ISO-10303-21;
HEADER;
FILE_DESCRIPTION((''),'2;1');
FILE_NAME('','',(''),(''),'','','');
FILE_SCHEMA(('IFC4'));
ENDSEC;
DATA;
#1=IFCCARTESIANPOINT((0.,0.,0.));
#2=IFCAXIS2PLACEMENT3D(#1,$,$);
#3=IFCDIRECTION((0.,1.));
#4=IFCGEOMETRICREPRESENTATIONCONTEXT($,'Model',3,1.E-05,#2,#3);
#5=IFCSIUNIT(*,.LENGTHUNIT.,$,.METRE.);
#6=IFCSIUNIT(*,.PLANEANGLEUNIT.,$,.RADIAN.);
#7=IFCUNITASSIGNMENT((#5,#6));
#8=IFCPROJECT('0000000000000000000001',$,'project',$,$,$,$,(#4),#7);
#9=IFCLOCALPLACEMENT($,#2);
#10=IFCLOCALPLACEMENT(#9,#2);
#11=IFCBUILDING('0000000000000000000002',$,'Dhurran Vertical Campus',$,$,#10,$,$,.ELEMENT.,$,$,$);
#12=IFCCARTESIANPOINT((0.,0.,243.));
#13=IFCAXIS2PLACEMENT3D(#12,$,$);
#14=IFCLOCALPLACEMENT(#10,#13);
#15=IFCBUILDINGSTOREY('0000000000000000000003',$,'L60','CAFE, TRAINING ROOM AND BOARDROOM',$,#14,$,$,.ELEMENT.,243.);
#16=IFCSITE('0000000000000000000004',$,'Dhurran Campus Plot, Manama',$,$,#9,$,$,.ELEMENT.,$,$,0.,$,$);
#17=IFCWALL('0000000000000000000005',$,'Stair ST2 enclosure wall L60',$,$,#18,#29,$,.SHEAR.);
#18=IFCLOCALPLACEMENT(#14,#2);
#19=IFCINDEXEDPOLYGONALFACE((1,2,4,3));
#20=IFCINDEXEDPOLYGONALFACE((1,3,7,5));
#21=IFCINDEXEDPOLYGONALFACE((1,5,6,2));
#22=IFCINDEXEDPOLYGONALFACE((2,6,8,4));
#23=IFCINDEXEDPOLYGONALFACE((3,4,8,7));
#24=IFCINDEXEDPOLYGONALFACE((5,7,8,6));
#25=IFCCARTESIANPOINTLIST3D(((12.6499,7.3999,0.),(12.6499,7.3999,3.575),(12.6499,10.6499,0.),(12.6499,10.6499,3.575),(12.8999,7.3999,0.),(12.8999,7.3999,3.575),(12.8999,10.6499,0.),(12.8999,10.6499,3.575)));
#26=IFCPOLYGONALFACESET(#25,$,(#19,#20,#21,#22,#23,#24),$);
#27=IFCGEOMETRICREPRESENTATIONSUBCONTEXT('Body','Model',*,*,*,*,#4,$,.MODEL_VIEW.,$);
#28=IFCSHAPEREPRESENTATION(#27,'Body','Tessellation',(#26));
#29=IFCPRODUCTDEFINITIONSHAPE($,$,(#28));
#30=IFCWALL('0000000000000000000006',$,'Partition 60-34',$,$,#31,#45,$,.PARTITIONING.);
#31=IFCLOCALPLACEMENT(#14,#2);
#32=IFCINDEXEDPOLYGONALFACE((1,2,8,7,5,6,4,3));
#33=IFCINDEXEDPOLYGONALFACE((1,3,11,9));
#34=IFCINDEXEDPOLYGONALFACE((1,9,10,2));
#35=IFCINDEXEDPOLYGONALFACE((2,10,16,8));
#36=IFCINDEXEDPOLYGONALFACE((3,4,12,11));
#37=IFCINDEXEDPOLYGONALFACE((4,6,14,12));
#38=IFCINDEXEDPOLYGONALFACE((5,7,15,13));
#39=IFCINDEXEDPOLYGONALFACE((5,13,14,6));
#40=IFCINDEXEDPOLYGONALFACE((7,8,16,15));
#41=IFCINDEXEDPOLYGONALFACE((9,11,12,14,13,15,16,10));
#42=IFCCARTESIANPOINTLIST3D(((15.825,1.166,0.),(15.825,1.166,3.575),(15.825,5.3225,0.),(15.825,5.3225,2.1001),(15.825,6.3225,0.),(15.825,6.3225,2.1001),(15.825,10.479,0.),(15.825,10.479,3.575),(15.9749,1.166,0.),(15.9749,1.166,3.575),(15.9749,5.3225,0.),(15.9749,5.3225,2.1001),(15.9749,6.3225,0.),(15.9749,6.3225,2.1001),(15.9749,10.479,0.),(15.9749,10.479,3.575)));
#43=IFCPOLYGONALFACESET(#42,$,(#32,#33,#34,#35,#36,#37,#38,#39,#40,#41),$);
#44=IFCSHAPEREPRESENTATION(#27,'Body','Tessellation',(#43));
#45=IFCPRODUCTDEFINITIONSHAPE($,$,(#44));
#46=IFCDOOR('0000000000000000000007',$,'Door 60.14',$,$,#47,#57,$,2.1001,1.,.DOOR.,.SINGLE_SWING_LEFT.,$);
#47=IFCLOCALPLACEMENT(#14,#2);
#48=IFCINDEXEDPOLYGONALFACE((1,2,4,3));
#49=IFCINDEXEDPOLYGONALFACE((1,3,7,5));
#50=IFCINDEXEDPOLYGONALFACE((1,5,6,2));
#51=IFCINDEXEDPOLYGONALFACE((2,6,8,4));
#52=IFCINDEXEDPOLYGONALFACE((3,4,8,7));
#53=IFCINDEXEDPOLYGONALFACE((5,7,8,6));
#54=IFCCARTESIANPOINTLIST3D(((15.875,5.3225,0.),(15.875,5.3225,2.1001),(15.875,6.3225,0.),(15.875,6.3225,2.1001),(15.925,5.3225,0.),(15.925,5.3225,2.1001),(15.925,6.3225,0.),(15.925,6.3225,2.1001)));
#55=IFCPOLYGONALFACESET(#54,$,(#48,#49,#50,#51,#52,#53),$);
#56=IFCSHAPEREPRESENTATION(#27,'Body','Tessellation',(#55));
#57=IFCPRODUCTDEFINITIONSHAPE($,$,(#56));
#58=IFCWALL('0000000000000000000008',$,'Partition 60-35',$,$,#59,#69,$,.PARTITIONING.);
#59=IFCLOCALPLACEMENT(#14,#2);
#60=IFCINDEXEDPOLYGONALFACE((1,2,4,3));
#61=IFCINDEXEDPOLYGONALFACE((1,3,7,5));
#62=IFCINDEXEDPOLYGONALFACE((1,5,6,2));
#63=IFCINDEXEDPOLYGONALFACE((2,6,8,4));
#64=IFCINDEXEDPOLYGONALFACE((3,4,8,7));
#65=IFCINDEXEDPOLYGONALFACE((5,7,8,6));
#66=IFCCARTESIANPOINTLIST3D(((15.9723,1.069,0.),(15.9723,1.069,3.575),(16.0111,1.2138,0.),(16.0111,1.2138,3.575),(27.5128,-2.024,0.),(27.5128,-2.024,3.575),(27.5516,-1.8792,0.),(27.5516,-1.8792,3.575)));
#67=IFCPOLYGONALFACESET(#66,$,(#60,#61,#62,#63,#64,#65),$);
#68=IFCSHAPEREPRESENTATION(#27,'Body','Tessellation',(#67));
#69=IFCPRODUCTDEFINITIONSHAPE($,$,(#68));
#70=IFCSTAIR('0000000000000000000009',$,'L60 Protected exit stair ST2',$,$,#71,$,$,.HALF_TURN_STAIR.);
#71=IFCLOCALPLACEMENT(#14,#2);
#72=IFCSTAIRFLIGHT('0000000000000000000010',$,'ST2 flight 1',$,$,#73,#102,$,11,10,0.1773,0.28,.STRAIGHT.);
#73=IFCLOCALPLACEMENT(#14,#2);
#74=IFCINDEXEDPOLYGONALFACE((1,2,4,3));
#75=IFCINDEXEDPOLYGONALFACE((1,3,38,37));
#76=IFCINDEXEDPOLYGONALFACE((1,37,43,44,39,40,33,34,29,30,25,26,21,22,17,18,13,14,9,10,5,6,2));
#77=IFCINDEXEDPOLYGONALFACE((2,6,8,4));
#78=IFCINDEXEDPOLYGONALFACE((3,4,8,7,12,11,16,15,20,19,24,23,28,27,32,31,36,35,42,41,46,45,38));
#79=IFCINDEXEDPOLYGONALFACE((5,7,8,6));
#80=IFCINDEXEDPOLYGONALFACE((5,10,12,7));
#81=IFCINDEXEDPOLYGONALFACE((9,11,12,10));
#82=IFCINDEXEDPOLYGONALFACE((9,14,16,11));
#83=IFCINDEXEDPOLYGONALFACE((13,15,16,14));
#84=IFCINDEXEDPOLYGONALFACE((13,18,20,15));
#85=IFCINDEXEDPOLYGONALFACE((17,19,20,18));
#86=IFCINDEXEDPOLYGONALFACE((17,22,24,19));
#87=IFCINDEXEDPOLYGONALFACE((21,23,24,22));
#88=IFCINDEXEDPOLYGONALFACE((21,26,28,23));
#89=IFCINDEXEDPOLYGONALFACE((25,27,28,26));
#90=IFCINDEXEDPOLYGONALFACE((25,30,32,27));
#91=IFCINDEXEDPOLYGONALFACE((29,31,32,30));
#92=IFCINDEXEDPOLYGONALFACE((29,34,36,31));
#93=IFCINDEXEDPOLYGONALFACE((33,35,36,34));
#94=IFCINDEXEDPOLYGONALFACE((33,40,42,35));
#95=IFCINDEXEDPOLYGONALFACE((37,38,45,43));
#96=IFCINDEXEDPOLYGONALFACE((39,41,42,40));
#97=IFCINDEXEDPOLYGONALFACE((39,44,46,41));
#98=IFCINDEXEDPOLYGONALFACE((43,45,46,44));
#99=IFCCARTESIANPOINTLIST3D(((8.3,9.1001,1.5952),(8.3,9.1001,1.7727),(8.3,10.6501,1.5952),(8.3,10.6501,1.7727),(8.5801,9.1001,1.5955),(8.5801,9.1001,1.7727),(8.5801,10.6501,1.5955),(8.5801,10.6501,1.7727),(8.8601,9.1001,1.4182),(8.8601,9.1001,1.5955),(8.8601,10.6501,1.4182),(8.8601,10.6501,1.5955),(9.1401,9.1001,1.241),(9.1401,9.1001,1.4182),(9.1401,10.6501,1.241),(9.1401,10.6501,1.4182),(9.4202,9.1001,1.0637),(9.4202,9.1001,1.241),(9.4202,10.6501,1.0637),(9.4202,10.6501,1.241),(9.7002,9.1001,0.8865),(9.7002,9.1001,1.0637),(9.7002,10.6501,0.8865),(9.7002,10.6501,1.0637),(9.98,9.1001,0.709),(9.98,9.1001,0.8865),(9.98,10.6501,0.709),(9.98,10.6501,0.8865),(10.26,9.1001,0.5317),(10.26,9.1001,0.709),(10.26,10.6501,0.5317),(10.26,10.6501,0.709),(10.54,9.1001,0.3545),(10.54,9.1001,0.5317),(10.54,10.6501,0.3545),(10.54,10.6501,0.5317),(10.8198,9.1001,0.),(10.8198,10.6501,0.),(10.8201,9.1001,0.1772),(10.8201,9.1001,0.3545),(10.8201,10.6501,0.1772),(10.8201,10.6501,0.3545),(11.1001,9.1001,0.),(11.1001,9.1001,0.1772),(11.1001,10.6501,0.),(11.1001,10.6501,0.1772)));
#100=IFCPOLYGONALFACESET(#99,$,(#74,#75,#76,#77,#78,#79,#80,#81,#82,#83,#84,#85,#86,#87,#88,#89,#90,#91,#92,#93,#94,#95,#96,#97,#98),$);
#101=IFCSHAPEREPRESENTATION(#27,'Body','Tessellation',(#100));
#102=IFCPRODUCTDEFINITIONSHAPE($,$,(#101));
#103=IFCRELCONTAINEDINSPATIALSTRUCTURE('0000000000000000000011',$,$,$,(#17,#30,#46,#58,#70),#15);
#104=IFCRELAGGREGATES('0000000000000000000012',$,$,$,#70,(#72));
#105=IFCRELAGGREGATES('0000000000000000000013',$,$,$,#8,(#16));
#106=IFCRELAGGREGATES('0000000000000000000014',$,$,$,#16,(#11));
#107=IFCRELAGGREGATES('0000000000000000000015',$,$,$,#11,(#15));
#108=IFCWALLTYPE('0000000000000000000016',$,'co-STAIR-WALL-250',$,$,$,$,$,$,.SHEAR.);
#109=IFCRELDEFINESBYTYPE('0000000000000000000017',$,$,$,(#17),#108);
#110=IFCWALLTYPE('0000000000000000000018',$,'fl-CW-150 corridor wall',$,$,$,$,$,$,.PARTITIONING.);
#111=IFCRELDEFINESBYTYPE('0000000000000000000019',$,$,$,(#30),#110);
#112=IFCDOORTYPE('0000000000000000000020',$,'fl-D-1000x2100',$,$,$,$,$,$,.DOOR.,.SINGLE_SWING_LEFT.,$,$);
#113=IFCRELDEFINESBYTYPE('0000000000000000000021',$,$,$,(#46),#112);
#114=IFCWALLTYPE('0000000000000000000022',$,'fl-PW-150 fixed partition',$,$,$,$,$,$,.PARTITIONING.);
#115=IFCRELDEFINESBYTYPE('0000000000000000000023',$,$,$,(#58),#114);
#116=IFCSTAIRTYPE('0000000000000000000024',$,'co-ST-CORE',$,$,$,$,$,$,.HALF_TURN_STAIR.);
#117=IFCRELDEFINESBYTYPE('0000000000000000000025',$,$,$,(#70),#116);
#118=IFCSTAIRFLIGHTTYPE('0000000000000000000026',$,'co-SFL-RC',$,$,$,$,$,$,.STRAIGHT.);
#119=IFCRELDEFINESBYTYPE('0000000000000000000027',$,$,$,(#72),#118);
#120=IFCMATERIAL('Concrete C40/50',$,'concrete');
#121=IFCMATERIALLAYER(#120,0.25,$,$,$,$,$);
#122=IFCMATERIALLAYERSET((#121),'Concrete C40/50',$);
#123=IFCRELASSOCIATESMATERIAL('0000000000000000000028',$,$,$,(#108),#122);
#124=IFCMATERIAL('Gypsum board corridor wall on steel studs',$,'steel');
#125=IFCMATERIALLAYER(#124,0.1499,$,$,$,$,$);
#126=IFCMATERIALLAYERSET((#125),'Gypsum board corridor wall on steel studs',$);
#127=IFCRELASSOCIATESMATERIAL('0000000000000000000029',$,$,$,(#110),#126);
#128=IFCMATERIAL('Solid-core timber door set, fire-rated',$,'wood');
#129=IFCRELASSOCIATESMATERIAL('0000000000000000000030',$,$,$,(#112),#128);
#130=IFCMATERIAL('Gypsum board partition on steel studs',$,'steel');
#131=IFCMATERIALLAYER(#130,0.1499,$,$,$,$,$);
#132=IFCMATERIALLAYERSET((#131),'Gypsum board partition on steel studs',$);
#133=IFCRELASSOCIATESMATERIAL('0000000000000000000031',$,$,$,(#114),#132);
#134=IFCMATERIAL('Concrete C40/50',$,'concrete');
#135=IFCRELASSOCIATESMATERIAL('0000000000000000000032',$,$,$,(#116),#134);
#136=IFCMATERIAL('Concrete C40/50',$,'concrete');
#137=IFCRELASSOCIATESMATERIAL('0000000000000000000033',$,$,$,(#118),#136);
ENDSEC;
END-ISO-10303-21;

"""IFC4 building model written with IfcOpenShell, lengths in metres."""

from ifc_helpers import new_model, si_unit, direction, frame, frame_2d, origin, place, context, subcontext, project, spatial, polyline, rectangle, outline, extrude, material, layer, layer_set, type_object, element, fill, aggregate, save


model = new_model("IFC4")

# Units and contexts
model_context = context("Model", 3, precision=1e-05, world=origin(), true_north=direction((0.0, 1.0)))
body_context = subcontext(model_context, "Body", "Model", "MODEL_VIEW")
ifc_project = project(units=[si_unit("LENGTHUNIT", "METRE"), si_unit("PLANEANGLEUNIT", "RADIAN")], contexts=[model_context])

# Site, building, storey
site_placement = place(None, origin())
site = spatial("IfcSite", under=ifc_project, at=site_placement, Name="Dhurran Campus Plot, Manama", CompositionType="ELEMENT", RefElevation=0.0)
building_placement = place(site_placement, origin())
building = spatial("IfcBuilding", under=site, at=building_placement, Name="Dhurran Vertical Campus", CompositionType="ELEMENT")
storey_placement = place(building_placement, frame((0.0, 0.0, 243.0)))
storey = spatial("IfcBuildingStorey", under=building, at=storey_placement, Name="L60", Description="CAFE, TRAINING ROOM AND BOARDROOM", CompositionType="ELEMENT", Elevation=243.0)

# Wall
ifc_material_1 = material(Name="Concrete C40/50", Category="concrete")
ifc_layer_1 = layer(ifc_material_1, 0.25)
ifc_layer_set_1 = layer_set([ifc_layer_1], Name="Concrete C40/50")
wall_type_1 = type_object("IfcWallType", Name="co-STAIR-WALL-250", PredefinedType="SHEAR", material=ifc_layer_set_1)
wall_1_placement = place(storey_placement, frame((12.7749, 7.3999, 0.0), z_axis=(0.0, 0.0, 1.0), x_axis=(0.0, 1.0, 0.0)))
element("IfcWall", 1, at=wall_1_placement, inside=storey, type_object=wall_type_1, Name="Stair ST2 enclosure wall L60", PredefinedType="SHEAR", context=body_context, shape_type="SweptSolid", body=[
    extrude(rectangle(XDim=3.25, YDim=0.25, at=frame_2d((1.625, 0.0))), origin(), (0.0, 0.0, 1.0), 3.575),
])

# Wall, opening, door
ifc_material_2 = material(Name="Gypsum board corridor wall on steel studs", Category="steel")
ifc_layer_2 = layer(ifc_material_2, 0.1499)
ifc_layer_set_2 = layer_set([ifc_layer_2], Name="Gypsum board corridor wall on steel studs")
wall_type_2 = type_object("IfcWallType", Name="fl-CW-150 corridor wall", PredefinedType="PARTITIONING", material=ifc_layer_set_2)
wall_2_placement = place(storey_placement, frame((15.8999, 1.166, 0.0), z_axis=(0.0, 0.0, 1.0), x_axis=(0.0, 1.0, 0.0)))
wall_2 = element("IfcWall", 2, at=wall_2_placement, inside=storey, type_object=wall_type_2, Name="Partition 60-34", PredefinedType="PARTITIONING", context=body_context, shape_type="SweptSolid", body=[
    extrude(rectangle(XDim=9.313, YDim=0.1499, at=frame_2d((4.6565, 0.0))), origin(), (0.0, 0.0, 1.0), 3.575),
])
opening_1_placement = place(wall_2_placement, frame((4.1565, 0.0, 0.0)))
opening_1 = element("IfcOpeningElement", 3, at=opening_1_placement, cuts=wall_2, PredefinedType="OPENING", context=body_context, shape_type="SweptSolid", body=[
    extrude(rectangle(XDim=1.0, YDim=2.1001, at=frame_2d((0.5, 1.05))), frame((0.0, 0.085, 0.0), z_axis=(0.0, -1.0, 0.0), x_axis=(1.0, 0.0, 0.0)), (0.0, 0.0, 1.0), 0.1699),
])
ifc_material_3 = material(Name="Solid-core timber door set, fire-rated", Category="wood")
door_type_1 = type_object("IfcDoorType", Name="fl-D-1000x2100", OperationType="SINGLE_SWING_LEFT", PredefinedType="DOOR", material=ifc_material_3)
door_1_placement = place(opening_1_placement, origin())
door_1 = element("IfcDoor", 4, at=door_1_placement, inside=storey, type_object=door_type_1, Name="Door 60.14", OperationType="SINGLE_SWING_LEFT", OverallHeight=2.1001, OverallWidth=1.0, PredefinedType="DOOR", context=body_context, shape_type="SweptSolid", body=[
    extrude(rectangle(XDim=1.0, YDim=2.1001, at=frame_2d((0.5, 1.05))), frame((0.0, 0.0249, 0.0), z_axis=(0.0, -1.0, 0.0), x_axis=(1.0, 0.0, 0.0)), (0.0, 0.0, 1.0), 0.05),
])
fill(opening_1, door_1)

# Wall
ifc_material_4 = material(Name="Gypsum board partition on steel studs", Category="steel")
ifc_layer_3 = layer(ifc_material_4, 0.1499)
ifc_layer_set_3 = layer_set([ifc_layer_3], Name="Gypsum board partition on steel studs")
wall_type_3 = type_object("IfcWallType", Name="fl-PW-150 fixed partition", PredefinedType="PARTITIONING", material=ifc_layer_set_3)
wall_3_placement = place(storey_placement, frame((15.9917, 1.1414, 0.0), z_axis=(0.0, 0.0, 1.0), x_axis=(0.96591, -0.258877, 0.0)))
element("IfcWall", 5, at=wall_3_placement, inside=storey, type_object=wall_type_3, Name="Partition 60-35", PredefinedType="PARTITIONING", context=body_context, shape_type="SweptSolid", body=[
    extrude(rectangle(XDim=11.9478, YDim=0.1499, at=frame_2d((5.9739, 0.0))), origin(), (0.0, 0.0, 1.0), 3.575),
])

# Stair, stair flight
ifc_material_5 = material(Name="Concrete C40/50", Category="concrete")
stair_type = type_object("IfcStairType", Name="co-ST-CORE", PredefinedType="HALF_TURN_STAIR", material=ifc_material_5)
stair_placement = place(storey_placement, origin())
stair = element("IfcStair", 6, at=stair_placement, inside=storey, type_object=stair_type, Name="L60 Protected exit stair ST2", PredefinedType="HALF_TURN_STAIR")
ifc_material_6 = material(Name="Concrete C40/50", Category="concrete")
stair_flight_type = type_object("IfcStairFlightType", Name="co-SFL-RC", PredefinedType="STRAIGHT", material=ifc_material_6)
stair_flight_placement = place(storey_placement, frame((11.1001, 9.875, 0.0), z_axis=(0.0, 0.0, 1.0), x_axis=(-1.0, 0.0, 0.0)))
stair_flight = element("IfcStairFlight", 7, at=stair_flight_placement, type_object=stair_flight_type, Name="ST2 flight 1", NumberOfRisers=11, NumberOfTreads=10, PredefinedType="STRAIGHT", RiserHeight=0.1773, TreadLength=0.28, context=body_context, shape_type="SweptSolid", body=[
    extrude(outline(polyline([(0.0, 0.0), (0.0, 0.1772), (0.28, 0.1772), (0.28, 0.3545), (0.5601, 0.3545), (0.5601, 0.5317), (0.8401, 0.5317), (0.8401, 0.709), (1.1201, 0.709), (1.1201, 0.8865), (1.3999, 0.8865), (1.3999, 1.0637), (1.6799, 1.0637), (1.6799, 1.241), (1.96, 1.241), (1.96, 1.4182), (2.24, 1.4182), (2.24, 1.5955), (2.52, 1.5955), (2.52, 1.7727), (2.8, 1.7727), (2.8, 1.95), (2.8, 1.5952), (0.2803, 0.0), (0.0, 0.0)])), frame((0.0, 0.7749, 0.0), z_axis=(0.0, -1.0, 0.0), x_axis=(1.0, 0.0, 0.0)), (0.0, 0.0, 1.0), 1.55),
])
aggregate(stair, [stair_flight])

save(model, "model.ifc")
